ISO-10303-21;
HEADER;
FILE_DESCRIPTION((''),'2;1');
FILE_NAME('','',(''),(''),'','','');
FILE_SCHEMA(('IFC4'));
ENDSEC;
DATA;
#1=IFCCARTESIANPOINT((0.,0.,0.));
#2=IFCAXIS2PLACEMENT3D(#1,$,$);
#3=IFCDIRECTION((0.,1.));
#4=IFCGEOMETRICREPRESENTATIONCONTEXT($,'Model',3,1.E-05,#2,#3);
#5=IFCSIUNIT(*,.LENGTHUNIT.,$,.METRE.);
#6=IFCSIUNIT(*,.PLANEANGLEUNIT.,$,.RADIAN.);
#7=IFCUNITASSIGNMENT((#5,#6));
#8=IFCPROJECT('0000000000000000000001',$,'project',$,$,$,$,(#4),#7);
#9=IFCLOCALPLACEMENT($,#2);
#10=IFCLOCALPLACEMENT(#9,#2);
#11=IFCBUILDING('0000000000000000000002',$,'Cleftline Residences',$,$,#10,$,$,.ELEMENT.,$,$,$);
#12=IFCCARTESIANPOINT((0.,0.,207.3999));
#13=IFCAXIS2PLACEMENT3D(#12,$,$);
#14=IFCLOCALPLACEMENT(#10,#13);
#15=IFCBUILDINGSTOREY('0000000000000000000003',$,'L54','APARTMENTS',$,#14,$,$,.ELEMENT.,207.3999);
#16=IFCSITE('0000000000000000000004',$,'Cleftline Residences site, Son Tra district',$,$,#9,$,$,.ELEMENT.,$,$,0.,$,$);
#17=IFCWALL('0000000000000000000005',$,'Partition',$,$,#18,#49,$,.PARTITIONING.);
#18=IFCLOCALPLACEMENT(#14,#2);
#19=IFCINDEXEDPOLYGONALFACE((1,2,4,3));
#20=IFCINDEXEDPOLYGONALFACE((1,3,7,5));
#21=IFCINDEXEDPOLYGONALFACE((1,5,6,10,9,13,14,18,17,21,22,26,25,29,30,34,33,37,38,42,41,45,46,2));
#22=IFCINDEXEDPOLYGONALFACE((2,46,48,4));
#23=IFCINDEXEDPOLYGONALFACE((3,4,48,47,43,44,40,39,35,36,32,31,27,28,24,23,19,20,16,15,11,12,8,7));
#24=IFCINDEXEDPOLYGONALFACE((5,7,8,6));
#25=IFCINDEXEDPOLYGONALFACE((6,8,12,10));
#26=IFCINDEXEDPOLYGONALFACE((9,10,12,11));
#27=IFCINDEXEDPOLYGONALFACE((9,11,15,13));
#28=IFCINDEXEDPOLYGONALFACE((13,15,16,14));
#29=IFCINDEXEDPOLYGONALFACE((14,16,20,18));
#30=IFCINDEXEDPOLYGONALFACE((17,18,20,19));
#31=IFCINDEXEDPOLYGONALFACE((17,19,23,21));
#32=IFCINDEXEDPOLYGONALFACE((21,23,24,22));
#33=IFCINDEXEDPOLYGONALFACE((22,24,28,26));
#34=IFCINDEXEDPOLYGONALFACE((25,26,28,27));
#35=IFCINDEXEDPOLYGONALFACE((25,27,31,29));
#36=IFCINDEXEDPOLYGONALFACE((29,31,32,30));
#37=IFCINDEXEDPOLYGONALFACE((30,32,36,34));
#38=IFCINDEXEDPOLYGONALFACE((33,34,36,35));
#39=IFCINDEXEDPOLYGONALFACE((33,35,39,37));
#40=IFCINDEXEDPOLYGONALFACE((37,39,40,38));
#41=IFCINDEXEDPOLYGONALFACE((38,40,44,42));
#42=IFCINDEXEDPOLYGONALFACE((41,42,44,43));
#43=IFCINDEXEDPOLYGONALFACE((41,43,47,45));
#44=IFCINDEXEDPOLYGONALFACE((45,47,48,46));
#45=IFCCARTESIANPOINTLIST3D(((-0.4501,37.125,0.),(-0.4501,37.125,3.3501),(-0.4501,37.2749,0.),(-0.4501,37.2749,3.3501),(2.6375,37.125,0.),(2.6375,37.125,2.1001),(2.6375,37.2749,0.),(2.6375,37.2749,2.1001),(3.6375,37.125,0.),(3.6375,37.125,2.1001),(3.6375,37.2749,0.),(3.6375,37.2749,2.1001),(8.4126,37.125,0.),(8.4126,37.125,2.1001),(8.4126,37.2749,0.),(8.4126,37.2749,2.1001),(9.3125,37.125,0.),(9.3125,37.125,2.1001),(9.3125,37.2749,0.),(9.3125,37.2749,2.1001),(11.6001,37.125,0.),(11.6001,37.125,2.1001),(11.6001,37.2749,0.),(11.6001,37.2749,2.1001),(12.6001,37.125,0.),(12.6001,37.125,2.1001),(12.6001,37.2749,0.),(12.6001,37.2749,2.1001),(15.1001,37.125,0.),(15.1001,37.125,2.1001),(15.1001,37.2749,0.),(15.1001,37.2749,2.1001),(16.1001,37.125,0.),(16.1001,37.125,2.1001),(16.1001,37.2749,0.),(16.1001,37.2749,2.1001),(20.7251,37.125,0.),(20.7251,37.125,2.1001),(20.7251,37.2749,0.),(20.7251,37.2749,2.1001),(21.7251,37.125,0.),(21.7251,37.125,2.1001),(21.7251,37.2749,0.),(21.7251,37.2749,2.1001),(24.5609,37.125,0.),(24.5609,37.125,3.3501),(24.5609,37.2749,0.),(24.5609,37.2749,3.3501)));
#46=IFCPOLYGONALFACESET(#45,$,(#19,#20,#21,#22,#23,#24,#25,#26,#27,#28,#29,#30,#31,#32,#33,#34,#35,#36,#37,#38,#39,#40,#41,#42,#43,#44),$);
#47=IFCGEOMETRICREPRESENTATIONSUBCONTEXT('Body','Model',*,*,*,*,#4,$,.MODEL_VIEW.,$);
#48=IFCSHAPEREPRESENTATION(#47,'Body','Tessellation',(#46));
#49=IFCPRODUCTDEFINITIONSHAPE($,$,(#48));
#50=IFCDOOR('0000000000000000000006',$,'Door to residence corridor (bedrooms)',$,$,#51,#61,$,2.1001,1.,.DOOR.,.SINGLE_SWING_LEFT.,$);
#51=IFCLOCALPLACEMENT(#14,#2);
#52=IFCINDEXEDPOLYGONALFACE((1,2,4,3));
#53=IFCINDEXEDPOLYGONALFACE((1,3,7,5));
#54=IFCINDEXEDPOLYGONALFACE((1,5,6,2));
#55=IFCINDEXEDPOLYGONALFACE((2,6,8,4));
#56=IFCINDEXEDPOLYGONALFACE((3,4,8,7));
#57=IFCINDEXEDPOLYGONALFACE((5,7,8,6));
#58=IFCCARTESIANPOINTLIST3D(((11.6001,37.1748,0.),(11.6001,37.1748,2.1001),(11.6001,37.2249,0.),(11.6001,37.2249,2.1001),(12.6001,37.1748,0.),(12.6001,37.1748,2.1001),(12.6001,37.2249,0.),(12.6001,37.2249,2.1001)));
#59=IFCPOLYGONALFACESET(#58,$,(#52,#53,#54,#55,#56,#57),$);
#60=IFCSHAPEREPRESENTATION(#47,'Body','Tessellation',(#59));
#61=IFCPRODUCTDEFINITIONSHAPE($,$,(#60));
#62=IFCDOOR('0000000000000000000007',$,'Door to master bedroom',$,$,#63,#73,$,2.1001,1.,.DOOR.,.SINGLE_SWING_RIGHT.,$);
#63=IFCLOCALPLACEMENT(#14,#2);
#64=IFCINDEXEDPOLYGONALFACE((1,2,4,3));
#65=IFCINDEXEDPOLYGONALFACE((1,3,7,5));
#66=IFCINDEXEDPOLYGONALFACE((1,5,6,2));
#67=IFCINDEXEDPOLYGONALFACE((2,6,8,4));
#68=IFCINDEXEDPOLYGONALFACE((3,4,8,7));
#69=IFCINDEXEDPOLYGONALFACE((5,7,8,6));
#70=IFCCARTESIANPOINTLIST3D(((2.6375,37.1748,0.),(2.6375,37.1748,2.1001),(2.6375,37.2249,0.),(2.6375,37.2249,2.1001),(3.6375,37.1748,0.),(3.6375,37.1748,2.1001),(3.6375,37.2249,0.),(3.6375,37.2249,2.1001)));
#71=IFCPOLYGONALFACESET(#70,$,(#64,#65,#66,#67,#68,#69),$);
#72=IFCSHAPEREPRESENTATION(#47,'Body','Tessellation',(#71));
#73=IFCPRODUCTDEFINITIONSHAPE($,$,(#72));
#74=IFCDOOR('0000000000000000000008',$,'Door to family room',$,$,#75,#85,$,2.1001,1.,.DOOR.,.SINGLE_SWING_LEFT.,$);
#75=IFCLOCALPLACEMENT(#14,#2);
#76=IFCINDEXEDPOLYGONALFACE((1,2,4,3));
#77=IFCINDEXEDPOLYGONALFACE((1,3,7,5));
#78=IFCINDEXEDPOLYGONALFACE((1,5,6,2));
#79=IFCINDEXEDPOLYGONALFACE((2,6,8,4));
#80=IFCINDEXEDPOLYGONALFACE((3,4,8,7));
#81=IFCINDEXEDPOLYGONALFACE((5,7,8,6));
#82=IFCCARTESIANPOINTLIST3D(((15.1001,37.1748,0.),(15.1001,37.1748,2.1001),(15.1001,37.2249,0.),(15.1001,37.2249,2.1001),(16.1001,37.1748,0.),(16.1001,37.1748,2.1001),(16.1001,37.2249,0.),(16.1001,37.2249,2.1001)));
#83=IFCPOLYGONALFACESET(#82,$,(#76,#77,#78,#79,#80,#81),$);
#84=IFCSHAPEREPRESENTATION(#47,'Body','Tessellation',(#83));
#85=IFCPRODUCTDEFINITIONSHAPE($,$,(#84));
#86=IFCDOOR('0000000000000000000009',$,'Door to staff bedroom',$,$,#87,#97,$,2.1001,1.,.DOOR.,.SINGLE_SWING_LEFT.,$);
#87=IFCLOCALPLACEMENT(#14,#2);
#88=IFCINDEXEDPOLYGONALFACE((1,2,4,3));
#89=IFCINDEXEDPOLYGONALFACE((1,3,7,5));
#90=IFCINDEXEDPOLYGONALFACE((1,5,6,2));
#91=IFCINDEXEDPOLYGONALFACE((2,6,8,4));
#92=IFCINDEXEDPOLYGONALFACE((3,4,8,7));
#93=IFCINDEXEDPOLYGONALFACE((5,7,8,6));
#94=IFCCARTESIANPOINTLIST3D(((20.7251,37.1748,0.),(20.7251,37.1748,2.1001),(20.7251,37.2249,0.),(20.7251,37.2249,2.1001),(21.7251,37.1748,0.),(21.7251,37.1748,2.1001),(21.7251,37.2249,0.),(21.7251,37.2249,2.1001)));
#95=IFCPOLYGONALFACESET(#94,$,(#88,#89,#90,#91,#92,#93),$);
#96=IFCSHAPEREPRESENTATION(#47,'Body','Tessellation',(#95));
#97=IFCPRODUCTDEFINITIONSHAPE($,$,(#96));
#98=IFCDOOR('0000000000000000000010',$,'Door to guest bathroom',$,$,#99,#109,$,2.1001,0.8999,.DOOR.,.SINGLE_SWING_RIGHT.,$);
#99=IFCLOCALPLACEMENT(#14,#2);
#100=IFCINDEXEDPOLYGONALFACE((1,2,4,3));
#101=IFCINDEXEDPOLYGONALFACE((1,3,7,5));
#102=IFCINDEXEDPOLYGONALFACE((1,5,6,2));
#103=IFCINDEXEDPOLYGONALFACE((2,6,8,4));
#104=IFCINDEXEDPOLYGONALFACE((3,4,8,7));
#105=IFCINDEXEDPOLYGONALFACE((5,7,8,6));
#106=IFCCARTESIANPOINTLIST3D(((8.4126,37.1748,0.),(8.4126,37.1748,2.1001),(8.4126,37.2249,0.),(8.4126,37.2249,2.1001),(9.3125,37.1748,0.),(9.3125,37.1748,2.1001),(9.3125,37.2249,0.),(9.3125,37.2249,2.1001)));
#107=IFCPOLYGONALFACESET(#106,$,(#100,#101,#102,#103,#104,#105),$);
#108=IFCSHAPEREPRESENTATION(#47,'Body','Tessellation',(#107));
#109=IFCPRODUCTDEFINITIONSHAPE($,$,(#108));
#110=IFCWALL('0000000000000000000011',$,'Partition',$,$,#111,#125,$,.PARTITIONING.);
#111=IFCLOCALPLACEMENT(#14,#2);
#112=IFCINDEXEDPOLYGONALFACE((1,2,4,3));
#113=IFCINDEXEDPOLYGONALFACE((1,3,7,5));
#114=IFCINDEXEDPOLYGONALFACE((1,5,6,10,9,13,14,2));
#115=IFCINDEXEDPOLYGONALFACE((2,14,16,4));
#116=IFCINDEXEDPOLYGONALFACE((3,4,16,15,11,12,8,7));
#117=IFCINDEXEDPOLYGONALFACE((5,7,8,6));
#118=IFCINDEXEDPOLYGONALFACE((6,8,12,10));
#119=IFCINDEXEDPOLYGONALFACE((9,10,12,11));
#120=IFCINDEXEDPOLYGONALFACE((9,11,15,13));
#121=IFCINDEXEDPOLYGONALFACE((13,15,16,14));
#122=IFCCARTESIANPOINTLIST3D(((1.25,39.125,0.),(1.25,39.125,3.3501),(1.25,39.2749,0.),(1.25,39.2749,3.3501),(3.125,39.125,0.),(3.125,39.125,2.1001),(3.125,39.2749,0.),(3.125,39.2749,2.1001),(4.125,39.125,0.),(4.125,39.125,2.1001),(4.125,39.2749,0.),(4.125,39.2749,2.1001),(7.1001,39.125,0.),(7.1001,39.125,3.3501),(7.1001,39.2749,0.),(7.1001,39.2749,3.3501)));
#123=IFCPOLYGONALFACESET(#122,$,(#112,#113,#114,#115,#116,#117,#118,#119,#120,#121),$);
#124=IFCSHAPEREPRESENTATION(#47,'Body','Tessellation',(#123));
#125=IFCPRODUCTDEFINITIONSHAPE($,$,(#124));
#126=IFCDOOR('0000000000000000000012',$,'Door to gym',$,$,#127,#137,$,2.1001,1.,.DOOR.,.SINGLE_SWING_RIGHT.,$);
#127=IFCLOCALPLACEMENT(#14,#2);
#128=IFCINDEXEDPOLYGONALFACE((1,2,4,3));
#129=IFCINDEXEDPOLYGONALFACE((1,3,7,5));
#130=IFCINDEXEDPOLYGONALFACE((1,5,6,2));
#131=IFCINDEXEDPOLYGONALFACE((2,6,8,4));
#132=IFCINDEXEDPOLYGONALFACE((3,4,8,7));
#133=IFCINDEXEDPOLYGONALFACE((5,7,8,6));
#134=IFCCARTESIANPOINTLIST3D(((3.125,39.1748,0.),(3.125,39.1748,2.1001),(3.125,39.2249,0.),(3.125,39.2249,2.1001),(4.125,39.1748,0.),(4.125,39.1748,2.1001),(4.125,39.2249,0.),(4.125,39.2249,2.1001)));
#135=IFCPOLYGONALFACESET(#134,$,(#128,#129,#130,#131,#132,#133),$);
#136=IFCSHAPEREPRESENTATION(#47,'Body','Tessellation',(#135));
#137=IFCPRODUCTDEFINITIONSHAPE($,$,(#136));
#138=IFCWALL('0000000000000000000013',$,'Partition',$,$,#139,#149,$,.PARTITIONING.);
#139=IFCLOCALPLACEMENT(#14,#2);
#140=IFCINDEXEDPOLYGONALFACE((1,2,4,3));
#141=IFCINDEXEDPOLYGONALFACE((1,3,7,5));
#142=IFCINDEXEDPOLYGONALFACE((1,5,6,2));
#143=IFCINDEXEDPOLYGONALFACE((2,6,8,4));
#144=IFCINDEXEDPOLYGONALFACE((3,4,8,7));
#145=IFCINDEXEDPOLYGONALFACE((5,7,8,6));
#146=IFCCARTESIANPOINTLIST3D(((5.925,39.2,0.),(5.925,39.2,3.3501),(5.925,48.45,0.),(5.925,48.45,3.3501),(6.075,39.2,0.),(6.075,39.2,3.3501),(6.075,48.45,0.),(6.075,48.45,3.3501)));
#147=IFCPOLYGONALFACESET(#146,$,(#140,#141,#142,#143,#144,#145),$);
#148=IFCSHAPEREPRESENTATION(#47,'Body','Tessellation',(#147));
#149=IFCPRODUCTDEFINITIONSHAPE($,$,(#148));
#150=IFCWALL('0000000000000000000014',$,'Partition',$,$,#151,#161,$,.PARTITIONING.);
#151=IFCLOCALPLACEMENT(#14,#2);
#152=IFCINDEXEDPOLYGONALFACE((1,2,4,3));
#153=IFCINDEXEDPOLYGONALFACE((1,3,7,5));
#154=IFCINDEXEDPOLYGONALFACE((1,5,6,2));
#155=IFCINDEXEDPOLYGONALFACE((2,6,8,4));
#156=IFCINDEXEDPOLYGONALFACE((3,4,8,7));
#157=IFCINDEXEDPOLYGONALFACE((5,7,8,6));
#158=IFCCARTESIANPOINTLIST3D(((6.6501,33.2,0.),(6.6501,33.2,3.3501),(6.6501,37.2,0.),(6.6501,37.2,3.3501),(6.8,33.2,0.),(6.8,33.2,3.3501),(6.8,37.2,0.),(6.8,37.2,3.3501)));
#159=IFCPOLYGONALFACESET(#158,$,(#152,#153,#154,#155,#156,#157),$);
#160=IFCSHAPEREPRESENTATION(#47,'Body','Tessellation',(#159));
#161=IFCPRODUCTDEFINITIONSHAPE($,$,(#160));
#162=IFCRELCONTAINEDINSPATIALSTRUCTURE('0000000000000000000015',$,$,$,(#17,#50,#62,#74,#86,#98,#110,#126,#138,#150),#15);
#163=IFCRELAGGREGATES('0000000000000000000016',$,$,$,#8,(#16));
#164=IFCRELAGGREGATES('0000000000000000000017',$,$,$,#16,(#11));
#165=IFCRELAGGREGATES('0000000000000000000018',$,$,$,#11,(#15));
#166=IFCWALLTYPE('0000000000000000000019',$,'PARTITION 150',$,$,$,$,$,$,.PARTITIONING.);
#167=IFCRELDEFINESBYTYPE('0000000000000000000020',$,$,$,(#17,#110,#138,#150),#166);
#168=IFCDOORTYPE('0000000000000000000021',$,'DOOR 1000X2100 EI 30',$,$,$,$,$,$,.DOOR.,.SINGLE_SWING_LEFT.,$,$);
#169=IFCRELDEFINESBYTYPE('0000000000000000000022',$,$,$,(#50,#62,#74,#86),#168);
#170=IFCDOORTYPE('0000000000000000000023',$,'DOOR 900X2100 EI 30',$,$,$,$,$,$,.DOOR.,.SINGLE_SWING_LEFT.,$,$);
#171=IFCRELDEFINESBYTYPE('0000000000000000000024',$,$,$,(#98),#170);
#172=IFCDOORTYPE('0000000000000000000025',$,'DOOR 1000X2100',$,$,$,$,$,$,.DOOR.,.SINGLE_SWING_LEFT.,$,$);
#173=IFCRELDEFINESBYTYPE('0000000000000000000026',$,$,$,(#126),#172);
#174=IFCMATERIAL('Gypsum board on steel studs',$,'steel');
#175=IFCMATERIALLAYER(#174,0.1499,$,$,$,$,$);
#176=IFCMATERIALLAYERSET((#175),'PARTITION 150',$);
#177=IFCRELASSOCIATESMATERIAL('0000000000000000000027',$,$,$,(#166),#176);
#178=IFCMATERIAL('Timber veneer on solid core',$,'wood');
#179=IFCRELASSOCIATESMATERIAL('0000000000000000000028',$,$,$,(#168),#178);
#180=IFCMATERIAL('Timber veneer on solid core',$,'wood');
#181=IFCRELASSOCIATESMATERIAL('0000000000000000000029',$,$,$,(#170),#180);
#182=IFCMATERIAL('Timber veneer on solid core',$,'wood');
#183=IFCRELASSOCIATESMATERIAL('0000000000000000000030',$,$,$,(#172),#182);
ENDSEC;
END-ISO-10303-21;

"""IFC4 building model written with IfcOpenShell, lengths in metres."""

from ifc_helpers import new_model, si_unit, direction, frame, frame_2d, origin, place, context, subcontext, project, spatial, rectangle, extrude, material, layer, layer_set, type_object, element, fill, save


model = new_model("IFC4")

# Units and contexts
model_context = context("Model", 3, precision=1e-05, world=origin(), true_north=direction((0.0, 1.0)))
body_context = subcontext(model_context, "Body", "Model", "MODEL_VIEW")
ifc_project = project(units=[si_unit("LENGTHUNIT", "METRE"), si_unit("PLANEANGLEUNIT", "RADIAN")], contexts=[model_context])

# Site, building, storey
site_placement = place(None, origin())
site = spatial("IfcSite", under=ifc_project, at=site_placement, Name="Cleftline Residences site, Son Tra district", CompositionType="ELEMENT", RefElevation=0.0)
building_placement = place(site_placement, origin())
building = spatial("IfcBuilding", under=site, at=building_placement, Name="Cleftline Residences", CompositionType="ELEMENT")
storey_placement = place(building_placement, frame((0.0, 0.0, 207.3999)))
storey = spatial("IfcBuildingStorey", under=building, at=storey_placement, Name="L54", Description="APARTMENTS", CompositionType="ELEMENT", Elevation=207.3999)

# Shared definitions
ifc_material_1 = material(Name="Gypsum board on steel studs", Category="steel")
ifc_layer = layer(ifc_material_1, 0.1499)
ifc_layer_set = layer_set([ifc_layer], Name="PARTITION 150")
wall_type = type_object("IfcWallType", Name="PARTITION 150", PredefinedType="PARTITIONING", material=ifc_layer_set)

# Wall, openings, doors
wall_1_placement = place(storey_placement, frame((-0.45, 37.2, 0.0), z_axis=(0.0, 0.0, 1.0), x_axis=(1.0, 0.0, 0.0)))
wall_1 = element("IfcWall", 1, at=wall_1_placement, inside=storey, type_object=wall_type, Name="Partition", PredefinedType="PARTITIONING", context=body_context, shape_type="SweptSolid", body=[
    extrude(rectangle(XDim=25.011, YDim=0.1499, at=frame_2d((12.5054, 0.0))), origin(), (0.0, 0.0, 1.0), 3.3501),
])
opening_1_placement = place(wall_1_placement, frame((12.05, 0.0, 0.0)))
opening_1 = element("IfcOpeningElement", 2, at=opening_1_placement, cuts=wall_1, PredefinedType="OPENING", context=body_context, shape_type="SweptSolid", body=[
    extrude(rectangle(XDim=1.0, YDim=2.1001, at=frame_2d((0.5, 1.05))), frame((0.0, 0.085, 0.0), z_axis=(0.0, -1.0, 0.0), x_axis=(1.0, 0.0, 0.0)), (0.0, 0.0, 1.0), 0.1699),
])
opening_2_placement = place(wall_1_placement, frame((3.0874, 0.0, 0.0)))
opening_2 = element("IfcOpeningElement", 3, at=opening_2_placement, cuts=wall_1, PredefinedType="OPENING", context=body_context, shape_type="SweptSolid", body=[
    extrude(rectangle(XDim=1.0, YDim=2.1001, at=frame_2d((0.5, 1.05))), frame((0.0, 0.085, 0.0), z_axis=(0.0, -1.0, 0.0), x_axis=(1.0, 0.0, 0.0)), (0.0, 0.0, 1.0), 0.1699),
])
opening_3_placement = place(wall_1_placement, frame((8.8625, 0.0, 0.0)))
opening_3 = element("IfcOpeningElement", 4, at=opening_3_placement, cuts=wall_1, PredefinedType="OPENING", context=body_context, shape_type="SweptSolid", body=[
    extrude(rectangle(XDim=0.8999, YDim=2.1001, at=frame_2d((0.45, 1.05))), frame((0.0, 0.085, 0.0), z_axis=(0.0, -1.0, 0.0), x_axis=(1.0, 0.0, 0.0)), (0.0, 0.0, 1.0), 0.1699),
])
opening_4_placement = place(wall_1_placement, frame((15.55, 0.0, 0.0)))
opening_4 = element("IfcOpeningElement", 5, at=opening_4_placement, cuts=wall_1, PredefinedType="OPENING", context=body_context, shape_type="SweptSolid", body=[
    extrude(rectangle(XDim=1.0, YDim=2.1001, at=frame_2d((0.5, 1.05))), frame((0.0, 0.085, 0.0), z_axis=(0.0, -1.0, 0.0), x_axis=(1.0, 0.0, 0.0)), (0.0, 0.0, 1.0), 0.1699),
])
opening_5_placement = place(wall_1_placement, frame((21.175, 0.0, 0.0)))
opening_5 = element("IfcOpeningElement", 6, at=opening_5_placement, cuts=wall_1, PredefinedType="OPENING", context=body_context, shape_type="SweptSolid", body=[
    extrude(rectangle(XDim=1.0, YDim=2.1001, at=frame_2d((0.5, 1.05))), frame((0.0, 0.085, 0.0), z_axis=(0.0, -1.0, 0.0), x_axis=(1.0, 0.0, 0.0)), (0.0, 0.0, 1.0), 0.1699),
])
ifc_material_2 = material(Name="Timber veneer on solid core", Category="wood")
door_type_1 = type_object("IfcDoorType", Name="DOOR 1000X2100 EI 30", OperationType="SINGLE_SWING_LEFT", PredefinedType="DOOR", material=ifc_material_2)
door_1_placement = place(opening_1_placement, origin())
door_1 = element("IfcDoor", 7, at=door_1_placement, inside=storey, type_object=door_type_1, Name="Door to residence corridor (bedrooms)", OperationType="SINGLE_SWING_LEFT", OverallHeight=2.1001, OverallWidth=1.0, PredefinedType="DOOR", context=body_context, shape_type="SweptSolid", body=[
    extrude(rectangle(XDim=1.0, YDim=2.1001, at=frame_2d((0.5, 1.05))), frame((0.0, 0.0249, 0.0), z_axis=(0.0, -1.0, 0.0), x_axis=(1.0, 0.0, 0.0)), (0.0, 0.0, 1.0), 0.05),
])
fill(opening_1, door_1)
door_2_placement = place(opening_2_placement, origin())
door_2 = element("IfcDoor", 8, at=door_2_placement, inside=storey, type_object=door_type_1, Name="Door to master bedroom", OperationType="SINGLE_SWING_RIGHT", OverallHeight=2.1001, OverallWidth=1.0, PredefinedType="DOOR", context=body_context, shape_type="SweptSolid", body=[
    extrude(rectangle(XDim=1.0, YDim=2.1001, at=frame_2d((0.5, 1.05))), frame((0.0, 0.0249, 0.0), z_axis=(0.0, -1.0, 0.0), x_axis=(1.0, 0.0, 0.0)), (0.0, 0.0, 1.0), 0.05),
])
fill(opening_2, door_2)
door_3_placement = place(opening_4_placement, origin())
door_3 = element("IfcDoor", 9, at=door_3_placement, inside=storey, type_object=door_type_1, Name="Door to family room", OperationType="SINGLE_SWING_LEFT", OverallHeight=2.1001, OverallWidth=1.0, PredefinedType="DOOR", context=body_context, shape_type="SweptSolid", body=[
    extrude(rectangle(XDim=1.0, YDim=2.1001, at=frame_2d((0.5, 1.05))), frame((0.0, 0.0249, 0.0), z_axis=(0.0, -1.0, 0.0), x_axis=(1.0, 0.0, 0.0)), (0.0, 0.0, 1.0), 0.05),
])
fill(opening_4, door_3)
door_4_placement = place(opening_5_placement, origin())
door_4 = element("IfcDoor", 10, at=door_4_placement, inside=storey, type_object=door_type_1, Name="Door to staff bedroom", OperationType="SINGLE_SWING_LEFT", OverallHeight=2.1001, OverallWidth=1.0, PredefinedType="DOOR", context=body_context, shape_type="SweptSolid", body=[
    extrude(rectangle(XDim=1.0, YDim=2.1001, at=frame_2d((0.5, 1.05))), frame((0.0, 0.0249, 0.0), z_axis=(0.0, -1.0, 0.0), x_axis=(1.0, 0.0, 0.0)), (0.0, 0.0, 1.0), 0.05),
])
fill(opening_5, door_4)
ifc_material_3 = material(Name="Timber veneer on solid core", Category="wood")
door_type_2 = type_object("IfcDoorType", Name="DOOR 900X2100 EI 30", OperationType="SINGLE_SWING_LEFT", PredefinedType="DOOR", material=ifc_material_3)
door_5_placement = place(opening_3_placement, origin())
door_5 = element("IfcDoor", 11, at=door_5_placement, inside=storey, type_object=door_type_2, Name="Door to guest bathroom", OperationType="SINGLE_SWING_RIGHT", OverallHeight=2.1001, OverallWidth=0.8999, PredefinedType="DOOR", context=body_context, shape_type="SweptSolid", body=[
    extrude(rectangle(XDim=0.8999, YDim=2.1001, at=frame_2d((0.45, 1.05))), frame((0.0, 0.0249, 0.0), z_axis=(0.0, -1.0, 0.0), x_axis=(1.0, 0.0, 0.0)), (0.0, 0.0, 1.0), 0.05),
])
fill(opening_3, door_5)

# Wall, opening, door
wall_2_placement = place(storey_placement, frame((1.25, 39.2, 0.0), z_axis=(0.0, 0.0, 1.0), x_axis=(1.0, 0.0, 0.0)))
wall_2 = element("IfcWall", 12, at=wall_2_placement, inside=storey, type_object=wall_type, Name="Partition", PredefinedType="PARTITIONING", context=body_context, shape_type="SweptSolid", body=[
    extrude(rectangle(XDim=5.8501, YDim=0.1499, at=frame_2d((2.925, 0.0))), origin(), (0.0, 0.0, 1.0), 3.3501),
])
opening_6_placement = place(wall_2_placement, frame((1.875, 0.0, 0.0)))
opening_6 = element("IfcOpeningElement", 13, at=opening_6_placement, cuts=wall_2, PredefinedType="OPENING", context=body_context, shape_type="SweptSolid", body=[
    extrude(rectangle(XDim=1.0, YDim=2.1001, at=frame_2d((0.5, 1.05))), frame((0.0, 0.085, 0.0), z_axis=(0.0, -1.0, 0.0), x_axis=(1.0, 0.0, 0.0)), (0.0, 0.0, 1.0), 0.1699),
])
ifc_material_4 = material(Name="Timber veneer on solid core", Category="wood")
door_type_3 = type_object("IfcDoorType", Name="DOOR 1000X2100", OperationType="SINGLE_SWING_LEFT", PredefinedType="DOOR", material=ifc_material_4)
door_6_placement = place(opening_6_placement, origin())
door_6 = element("IfcDoor", 14, at=door_6_placement, inside=storey, type_object=door_type_3, Name="Door to gym", OperationType="SINGLE_SWING_RIGHT", OverallHeight=2.1001, OverallWidth=1.0, PredefinedType="DOOR", context=body_context, shape_type="SweptSolid", body=[
    extrude(rectangle(XDim=1.0, YDim=2.1001, at=frame_2d((0.5, 1.05))), frame((0.0, 0.0249, 0.0), z_axis=(0.0, -1.0, 0.0), x_axis=(1.0, 0.0, 0.0)), (0.0, 0.0, 1.0), 0.05),
])
fill(opening_6, door_6)

# Walls
wall_3_placement = place(storey_placement, frame((6.0, 39.2, 0.0), z_axis=(0.0, 0.0, 1.0), x_axis=(0.0, 1.0, 0.0)))
element("IfcWall", 15, at=wall_3_placement, inside=storey, type_object=wall_type, Name="Partition", PredefinedType="PARTITIONING", context=body_context, shape_type="SweptSolid", body=[
    extrude(rectangle(XDim=9.25, YDim=0.1499, at=frame_2d((4.625, 0.0))), origin(), (0.0, 0.0, 1.0), 3.3501),
])
wall_4_placement = place(storey_placement, frame((6.7251, 33.2, 0.0), z_axis=(0.0, 0.0, 1.0), x_axis=(0.0, 1.0, 0.0)))
element("IfcWall", 16, at=wall_4_placement, inside=storey, type_object=wall_type, Name="Partition", PredefinedType="PARTITIONING", context=body_context, shape_type="SweptSolid", body=[
    extrude(rectangle(XDim=4.0, YDim=0.1499, at=frame_2d((2.0, 0.0))), origin(), (0.0, 0.0, 1.0), 3.3501),
])

save(model, "model.ifc")
